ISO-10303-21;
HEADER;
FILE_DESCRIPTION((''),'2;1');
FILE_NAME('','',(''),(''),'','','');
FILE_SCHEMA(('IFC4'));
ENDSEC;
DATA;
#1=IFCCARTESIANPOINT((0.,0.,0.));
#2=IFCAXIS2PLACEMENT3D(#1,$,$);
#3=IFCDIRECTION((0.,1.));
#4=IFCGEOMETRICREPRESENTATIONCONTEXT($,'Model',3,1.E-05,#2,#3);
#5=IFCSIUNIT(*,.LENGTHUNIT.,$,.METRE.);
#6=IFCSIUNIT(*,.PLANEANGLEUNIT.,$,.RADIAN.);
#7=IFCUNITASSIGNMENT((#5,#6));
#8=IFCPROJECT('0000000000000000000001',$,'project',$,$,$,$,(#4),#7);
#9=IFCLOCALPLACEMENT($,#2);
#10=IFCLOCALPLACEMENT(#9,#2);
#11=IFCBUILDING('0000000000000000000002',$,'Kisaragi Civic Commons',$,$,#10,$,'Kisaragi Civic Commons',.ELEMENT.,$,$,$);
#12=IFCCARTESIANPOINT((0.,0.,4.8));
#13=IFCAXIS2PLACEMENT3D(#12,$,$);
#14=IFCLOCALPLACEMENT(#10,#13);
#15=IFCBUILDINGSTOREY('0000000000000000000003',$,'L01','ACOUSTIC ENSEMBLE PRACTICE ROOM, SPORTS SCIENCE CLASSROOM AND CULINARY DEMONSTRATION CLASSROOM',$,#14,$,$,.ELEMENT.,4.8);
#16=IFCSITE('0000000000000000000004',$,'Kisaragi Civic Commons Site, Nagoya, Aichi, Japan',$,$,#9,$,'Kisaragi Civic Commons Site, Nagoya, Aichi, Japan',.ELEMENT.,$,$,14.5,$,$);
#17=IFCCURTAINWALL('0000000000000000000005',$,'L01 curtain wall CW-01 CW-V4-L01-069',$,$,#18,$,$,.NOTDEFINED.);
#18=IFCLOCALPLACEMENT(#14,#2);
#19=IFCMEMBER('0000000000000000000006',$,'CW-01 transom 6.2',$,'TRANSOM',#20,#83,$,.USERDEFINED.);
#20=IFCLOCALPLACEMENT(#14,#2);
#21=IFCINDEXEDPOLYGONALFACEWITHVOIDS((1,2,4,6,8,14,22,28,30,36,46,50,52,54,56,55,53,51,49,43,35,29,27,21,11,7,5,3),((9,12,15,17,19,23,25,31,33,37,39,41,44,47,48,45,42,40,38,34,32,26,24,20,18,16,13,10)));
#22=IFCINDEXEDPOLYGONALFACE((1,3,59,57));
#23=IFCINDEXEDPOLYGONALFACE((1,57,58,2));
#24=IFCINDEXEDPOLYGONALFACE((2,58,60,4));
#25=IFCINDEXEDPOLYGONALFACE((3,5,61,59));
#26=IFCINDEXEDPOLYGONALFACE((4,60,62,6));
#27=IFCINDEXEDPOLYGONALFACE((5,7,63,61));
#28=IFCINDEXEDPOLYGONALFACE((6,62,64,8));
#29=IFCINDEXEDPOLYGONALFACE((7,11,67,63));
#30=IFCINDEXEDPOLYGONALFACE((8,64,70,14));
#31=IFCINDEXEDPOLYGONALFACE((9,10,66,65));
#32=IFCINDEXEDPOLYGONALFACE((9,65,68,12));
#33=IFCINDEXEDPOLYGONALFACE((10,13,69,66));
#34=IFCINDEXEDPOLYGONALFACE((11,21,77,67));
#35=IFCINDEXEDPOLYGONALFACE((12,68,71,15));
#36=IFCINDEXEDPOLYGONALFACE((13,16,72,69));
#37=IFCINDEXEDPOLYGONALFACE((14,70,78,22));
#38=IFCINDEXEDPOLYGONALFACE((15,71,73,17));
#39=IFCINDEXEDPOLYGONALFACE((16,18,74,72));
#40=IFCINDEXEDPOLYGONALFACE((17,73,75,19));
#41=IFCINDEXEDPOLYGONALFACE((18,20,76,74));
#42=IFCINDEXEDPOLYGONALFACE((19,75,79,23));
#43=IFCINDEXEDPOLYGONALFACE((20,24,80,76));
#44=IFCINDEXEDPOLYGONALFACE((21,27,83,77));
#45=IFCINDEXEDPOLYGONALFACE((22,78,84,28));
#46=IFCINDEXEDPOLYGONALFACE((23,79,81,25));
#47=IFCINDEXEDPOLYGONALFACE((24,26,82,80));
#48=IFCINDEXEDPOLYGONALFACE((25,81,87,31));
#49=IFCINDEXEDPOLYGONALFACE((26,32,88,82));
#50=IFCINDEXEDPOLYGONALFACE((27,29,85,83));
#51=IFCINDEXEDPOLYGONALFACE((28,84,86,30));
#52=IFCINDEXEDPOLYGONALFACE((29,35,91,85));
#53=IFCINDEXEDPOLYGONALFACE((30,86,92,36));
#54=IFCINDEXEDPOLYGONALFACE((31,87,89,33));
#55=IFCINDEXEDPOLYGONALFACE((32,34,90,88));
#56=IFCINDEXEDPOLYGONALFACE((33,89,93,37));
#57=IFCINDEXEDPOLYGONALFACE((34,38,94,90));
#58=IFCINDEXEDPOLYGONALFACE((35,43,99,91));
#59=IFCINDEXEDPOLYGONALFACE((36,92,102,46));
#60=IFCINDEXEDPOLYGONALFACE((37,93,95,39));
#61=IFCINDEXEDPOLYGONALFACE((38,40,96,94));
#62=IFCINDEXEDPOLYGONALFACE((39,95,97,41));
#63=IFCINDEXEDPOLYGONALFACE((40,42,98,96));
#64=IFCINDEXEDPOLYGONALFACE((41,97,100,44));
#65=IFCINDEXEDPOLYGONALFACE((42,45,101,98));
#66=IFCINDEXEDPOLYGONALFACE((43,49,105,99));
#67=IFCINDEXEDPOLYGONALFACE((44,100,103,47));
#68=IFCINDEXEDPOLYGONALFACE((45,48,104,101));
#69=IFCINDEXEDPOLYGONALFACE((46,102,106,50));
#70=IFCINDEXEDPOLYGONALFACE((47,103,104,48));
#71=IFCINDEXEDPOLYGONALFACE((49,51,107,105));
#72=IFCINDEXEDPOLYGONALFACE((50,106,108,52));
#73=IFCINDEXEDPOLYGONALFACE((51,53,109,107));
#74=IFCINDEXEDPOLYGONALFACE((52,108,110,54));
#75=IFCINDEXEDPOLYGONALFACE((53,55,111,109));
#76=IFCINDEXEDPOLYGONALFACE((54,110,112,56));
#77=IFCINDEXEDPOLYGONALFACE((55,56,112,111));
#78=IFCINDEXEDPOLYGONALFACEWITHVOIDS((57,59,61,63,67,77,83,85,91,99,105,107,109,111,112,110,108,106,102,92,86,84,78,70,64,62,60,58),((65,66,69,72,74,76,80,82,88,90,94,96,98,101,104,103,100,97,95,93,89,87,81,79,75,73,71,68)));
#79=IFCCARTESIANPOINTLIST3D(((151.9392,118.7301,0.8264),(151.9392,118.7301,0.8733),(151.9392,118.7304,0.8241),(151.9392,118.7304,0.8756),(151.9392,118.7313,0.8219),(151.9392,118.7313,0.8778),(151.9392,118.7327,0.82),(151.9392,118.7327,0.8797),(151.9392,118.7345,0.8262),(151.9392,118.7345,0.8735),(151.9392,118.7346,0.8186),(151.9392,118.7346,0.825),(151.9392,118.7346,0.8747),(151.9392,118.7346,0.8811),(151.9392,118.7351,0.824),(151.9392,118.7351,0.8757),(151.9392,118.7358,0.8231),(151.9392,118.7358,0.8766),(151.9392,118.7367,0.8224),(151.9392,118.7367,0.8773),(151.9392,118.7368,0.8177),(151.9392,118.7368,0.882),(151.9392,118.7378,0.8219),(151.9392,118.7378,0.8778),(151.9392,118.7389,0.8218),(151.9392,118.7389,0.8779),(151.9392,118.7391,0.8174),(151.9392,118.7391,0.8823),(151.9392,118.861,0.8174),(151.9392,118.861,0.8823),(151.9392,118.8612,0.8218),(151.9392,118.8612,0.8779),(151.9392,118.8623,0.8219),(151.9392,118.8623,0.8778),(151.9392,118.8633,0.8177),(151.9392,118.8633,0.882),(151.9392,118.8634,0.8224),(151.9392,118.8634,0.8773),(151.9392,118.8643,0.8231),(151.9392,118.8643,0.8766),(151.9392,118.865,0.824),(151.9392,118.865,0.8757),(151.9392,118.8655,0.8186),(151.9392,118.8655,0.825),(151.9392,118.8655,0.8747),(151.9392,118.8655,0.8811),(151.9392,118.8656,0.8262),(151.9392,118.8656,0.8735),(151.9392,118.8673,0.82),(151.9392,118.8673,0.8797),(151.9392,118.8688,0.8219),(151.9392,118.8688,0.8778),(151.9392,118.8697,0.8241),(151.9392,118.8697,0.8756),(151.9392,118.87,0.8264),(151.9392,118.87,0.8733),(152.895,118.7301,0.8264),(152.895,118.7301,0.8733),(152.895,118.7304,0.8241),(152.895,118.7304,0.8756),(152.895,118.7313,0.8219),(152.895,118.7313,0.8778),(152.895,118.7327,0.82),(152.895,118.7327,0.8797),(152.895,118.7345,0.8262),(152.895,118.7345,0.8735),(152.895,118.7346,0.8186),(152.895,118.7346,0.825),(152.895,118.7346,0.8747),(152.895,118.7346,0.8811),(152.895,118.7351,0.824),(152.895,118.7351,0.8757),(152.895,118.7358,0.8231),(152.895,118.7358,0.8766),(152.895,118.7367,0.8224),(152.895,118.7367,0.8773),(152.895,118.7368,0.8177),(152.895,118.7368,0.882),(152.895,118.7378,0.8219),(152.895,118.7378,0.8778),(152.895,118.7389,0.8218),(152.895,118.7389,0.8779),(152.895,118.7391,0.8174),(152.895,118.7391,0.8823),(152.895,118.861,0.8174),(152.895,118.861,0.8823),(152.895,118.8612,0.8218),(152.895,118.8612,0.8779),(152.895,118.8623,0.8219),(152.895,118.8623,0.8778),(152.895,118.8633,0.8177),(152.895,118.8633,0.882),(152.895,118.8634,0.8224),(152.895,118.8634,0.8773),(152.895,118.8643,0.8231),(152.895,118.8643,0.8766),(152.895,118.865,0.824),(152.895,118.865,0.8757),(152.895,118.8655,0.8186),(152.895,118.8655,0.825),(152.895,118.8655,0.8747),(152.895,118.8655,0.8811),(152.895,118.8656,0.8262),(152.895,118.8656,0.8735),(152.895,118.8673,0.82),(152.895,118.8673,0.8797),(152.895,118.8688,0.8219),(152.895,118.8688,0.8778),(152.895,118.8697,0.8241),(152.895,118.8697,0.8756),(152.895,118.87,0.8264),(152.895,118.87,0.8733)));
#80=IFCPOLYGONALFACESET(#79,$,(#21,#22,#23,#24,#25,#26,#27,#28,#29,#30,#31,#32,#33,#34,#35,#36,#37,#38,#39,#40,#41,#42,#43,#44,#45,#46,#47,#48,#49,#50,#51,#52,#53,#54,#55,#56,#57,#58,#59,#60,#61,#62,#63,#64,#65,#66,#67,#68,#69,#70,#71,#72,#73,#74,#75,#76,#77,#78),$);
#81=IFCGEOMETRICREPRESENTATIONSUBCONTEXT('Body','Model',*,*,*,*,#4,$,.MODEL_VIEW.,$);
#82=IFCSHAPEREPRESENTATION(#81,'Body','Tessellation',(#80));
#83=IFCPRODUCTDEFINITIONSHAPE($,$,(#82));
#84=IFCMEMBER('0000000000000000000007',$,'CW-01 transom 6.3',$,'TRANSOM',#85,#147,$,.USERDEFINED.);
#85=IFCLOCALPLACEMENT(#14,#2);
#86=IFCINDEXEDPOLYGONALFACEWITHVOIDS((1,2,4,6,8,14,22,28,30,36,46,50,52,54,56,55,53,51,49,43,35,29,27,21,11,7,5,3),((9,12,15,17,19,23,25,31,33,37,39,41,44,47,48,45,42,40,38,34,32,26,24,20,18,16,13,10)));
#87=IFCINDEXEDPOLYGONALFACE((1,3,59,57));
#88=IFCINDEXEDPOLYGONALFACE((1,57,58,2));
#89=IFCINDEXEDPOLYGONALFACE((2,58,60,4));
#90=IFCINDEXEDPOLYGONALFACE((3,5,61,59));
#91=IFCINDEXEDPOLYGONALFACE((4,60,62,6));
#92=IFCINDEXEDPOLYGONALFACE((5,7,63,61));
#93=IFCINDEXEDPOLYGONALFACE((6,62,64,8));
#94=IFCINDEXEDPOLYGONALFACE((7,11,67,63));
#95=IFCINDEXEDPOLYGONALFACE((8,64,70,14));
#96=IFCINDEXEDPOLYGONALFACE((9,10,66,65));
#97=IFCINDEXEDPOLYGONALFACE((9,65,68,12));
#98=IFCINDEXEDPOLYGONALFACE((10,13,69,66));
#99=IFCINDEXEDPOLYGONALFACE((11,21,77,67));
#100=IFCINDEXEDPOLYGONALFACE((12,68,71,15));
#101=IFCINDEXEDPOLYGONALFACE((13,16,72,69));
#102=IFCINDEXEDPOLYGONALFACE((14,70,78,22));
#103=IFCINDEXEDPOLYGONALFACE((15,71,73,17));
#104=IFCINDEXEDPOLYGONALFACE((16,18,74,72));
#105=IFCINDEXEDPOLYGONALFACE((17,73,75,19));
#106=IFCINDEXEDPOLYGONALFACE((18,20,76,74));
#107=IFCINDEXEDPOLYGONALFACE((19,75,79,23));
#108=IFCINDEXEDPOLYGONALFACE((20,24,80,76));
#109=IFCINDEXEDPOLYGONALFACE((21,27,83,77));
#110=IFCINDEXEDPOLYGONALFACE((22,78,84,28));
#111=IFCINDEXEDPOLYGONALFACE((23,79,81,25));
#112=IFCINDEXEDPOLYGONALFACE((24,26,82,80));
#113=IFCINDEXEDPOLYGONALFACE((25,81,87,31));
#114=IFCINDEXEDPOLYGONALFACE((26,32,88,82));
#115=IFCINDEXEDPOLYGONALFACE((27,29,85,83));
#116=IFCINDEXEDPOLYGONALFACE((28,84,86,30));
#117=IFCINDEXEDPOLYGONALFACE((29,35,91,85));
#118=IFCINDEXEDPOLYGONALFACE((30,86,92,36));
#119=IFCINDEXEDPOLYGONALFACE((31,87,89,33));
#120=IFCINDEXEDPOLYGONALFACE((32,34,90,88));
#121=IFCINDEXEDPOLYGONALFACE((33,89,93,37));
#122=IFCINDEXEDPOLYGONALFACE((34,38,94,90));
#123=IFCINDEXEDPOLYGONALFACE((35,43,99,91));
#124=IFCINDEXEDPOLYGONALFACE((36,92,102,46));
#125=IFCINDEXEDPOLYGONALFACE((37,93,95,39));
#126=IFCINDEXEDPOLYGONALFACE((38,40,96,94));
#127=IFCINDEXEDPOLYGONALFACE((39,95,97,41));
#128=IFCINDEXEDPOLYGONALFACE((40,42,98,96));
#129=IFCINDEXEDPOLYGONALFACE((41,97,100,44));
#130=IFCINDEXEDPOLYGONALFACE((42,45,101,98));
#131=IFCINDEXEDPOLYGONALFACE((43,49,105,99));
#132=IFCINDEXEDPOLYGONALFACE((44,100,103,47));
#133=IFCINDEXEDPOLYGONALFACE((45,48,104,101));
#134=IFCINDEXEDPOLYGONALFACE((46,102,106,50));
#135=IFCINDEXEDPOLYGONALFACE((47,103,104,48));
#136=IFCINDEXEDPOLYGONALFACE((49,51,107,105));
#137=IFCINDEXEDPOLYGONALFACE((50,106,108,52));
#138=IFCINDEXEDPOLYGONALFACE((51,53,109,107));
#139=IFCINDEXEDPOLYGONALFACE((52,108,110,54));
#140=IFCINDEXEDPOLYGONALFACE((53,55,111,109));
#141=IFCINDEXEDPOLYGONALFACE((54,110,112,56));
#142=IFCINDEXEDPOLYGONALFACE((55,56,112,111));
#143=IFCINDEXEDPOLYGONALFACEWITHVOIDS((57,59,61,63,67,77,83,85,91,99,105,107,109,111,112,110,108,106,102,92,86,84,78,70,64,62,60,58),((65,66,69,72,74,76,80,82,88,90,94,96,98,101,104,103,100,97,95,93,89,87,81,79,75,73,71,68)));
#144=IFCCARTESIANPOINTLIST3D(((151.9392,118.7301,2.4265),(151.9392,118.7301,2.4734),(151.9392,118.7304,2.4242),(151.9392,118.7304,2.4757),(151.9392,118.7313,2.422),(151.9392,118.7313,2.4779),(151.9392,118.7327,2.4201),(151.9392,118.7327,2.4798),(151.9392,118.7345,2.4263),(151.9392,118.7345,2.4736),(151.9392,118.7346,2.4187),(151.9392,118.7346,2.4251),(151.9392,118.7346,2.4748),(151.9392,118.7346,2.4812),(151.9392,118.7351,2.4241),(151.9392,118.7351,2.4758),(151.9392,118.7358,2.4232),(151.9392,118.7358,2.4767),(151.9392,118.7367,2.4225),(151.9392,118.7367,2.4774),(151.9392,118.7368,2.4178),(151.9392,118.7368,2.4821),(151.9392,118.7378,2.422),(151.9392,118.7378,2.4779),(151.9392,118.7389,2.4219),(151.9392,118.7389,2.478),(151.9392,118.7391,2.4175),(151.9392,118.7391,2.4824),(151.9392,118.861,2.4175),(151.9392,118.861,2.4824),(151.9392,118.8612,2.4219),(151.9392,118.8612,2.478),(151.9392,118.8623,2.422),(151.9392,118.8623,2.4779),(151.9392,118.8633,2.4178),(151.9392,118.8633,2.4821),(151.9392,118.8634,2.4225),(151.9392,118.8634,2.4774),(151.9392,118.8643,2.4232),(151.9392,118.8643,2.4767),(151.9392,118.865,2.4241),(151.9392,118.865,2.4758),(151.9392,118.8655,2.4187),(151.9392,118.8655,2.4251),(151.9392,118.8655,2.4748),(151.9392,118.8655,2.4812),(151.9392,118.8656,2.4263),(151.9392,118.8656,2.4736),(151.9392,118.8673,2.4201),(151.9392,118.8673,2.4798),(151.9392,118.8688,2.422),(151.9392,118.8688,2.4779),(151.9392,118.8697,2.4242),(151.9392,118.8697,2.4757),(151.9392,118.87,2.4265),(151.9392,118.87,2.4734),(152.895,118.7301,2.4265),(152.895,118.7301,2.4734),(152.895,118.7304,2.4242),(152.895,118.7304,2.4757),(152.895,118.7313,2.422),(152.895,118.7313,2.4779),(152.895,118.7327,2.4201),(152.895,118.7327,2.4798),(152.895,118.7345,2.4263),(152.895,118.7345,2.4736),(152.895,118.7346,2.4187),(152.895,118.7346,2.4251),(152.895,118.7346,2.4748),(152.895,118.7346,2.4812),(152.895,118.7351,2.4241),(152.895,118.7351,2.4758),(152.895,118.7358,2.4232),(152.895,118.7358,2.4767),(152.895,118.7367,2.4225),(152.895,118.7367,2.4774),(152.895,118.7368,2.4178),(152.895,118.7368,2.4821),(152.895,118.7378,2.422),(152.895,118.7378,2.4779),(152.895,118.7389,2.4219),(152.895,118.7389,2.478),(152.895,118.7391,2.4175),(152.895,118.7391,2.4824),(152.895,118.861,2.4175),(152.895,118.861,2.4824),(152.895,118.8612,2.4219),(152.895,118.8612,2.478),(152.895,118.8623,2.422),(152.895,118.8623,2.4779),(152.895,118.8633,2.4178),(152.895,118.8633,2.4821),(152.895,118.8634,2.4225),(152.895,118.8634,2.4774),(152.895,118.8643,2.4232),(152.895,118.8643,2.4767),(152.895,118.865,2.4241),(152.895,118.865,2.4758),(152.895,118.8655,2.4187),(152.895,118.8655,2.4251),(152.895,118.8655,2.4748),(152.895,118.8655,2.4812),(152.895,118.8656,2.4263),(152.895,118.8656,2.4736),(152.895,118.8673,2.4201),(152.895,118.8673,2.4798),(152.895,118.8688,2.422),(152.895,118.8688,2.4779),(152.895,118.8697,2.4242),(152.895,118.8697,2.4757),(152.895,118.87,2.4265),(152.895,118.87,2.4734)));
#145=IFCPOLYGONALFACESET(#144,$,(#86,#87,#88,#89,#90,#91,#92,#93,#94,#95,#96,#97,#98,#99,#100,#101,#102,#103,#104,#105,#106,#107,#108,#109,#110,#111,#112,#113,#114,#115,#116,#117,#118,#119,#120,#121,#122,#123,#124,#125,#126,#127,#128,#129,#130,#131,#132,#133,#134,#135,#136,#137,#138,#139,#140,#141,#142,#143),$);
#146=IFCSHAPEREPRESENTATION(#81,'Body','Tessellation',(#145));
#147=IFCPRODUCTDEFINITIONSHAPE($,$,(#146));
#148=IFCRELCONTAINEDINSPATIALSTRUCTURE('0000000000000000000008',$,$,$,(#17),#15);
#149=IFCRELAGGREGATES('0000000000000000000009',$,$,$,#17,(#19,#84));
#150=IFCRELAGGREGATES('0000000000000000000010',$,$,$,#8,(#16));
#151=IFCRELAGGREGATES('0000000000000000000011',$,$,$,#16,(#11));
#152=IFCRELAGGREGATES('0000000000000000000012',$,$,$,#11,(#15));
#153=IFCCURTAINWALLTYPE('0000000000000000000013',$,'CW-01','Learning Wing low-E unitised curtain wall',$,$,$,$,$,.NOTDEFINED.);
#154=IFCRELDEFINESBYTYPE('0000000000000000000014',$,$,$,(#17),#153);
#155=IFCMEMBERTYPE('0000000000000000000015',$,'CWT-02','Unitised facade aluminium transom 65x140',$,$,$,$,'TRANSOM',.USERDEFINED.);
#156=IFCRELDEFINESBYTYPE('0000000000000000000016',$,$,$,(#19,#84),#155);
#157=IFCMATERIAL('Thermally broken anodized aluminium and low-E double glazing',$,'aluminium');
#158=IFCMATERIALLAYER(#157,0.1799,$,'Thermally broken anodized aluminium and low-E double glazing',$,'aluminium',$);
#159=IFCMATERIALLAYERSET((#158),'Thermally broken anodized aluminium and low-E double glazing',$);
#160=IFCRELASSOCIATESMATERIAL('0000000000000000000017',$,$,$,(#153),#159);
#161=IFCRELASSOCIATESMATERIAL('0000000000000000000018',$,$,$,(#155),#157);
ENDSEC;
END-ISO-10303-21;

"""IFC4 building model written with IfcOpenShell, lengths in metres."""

from ifc_helpers import new_model, si_unit, direction, frame, origin, origin_2d, place, context, subcontext, project, spatial, hollow_rectangle, extrude, material, layer, layer_set, material_profile, profile_set, type_object, element, aggregate, save


model = new_model("IFC4")

# Units and contexts
model_context = context("Model", 3, precision=1e-05, world=origin(), true_north=direction((0.0, 1.0)))
body_context = subcontext(model_context, "Body", "Model", "MODEL_VIEW")
ifc_project = project(units=[si_unit("LENGTHUNIT", "METRE"), si_unit("PLANEANGLEUNIT", "RADIAN")], contexts=[model_context])

# Site, building, storey
site_placement = place(None, origin())
site = spatial("IfcSite", under=ifc_project, at=site_placement, Name="Kisaragi Civic Commons Site, Nagoya, Aichi, Japan", LongName="Kisaragi Civic Commons Site, Nagoya, Aichi, Japan", CompositionType="ELEMENT", RefElevation=14.5)
building_placement = place(site_placement, origin())
building = spatial("IfcBuilding", under=site, at=building_placement, Name="Kisaragi Civic Commons", LongName="Kisaragi Civic Commons", CompositionType="ELEMENT")
storey_placement = place(building_placement, frame((0.0, 0.0, 4.8)))
storey = spatial("IfcBuildingStorey", under=building, at=storey_placement, Name="L01", Description="ACOUSTIC ENSEMBLE PRACTICE ROOM, SPORTS SCIENCE CLASSROOM AND CULINARY DEMONSTRATION CLASSROOM", CompositionType="ELEMENT", Elevation=4.8)

# Curtain wall
ifc_material_1 = material(Name="Thermally broken anodized aluminium and low-E double glazing", Category="aluminium")
ifc_layer_1 = layer(ifc_material_1, 0.1799, Name="Thermally broken anodized aluminium and low-E double glazing", Category="aluminium")
ifc_layer_set_1 = layer_set([ifc_layer_1], Name="Thermally broken anodized aluminium and low-E double glazing")
curtain_wall_type = type_object("IfcCurtainWallType", Name="CW-01", Description="Learning Wing low-E unitised curtain wall", PredefinedType="NOTDEFINED", material=ifc_layer_set_1)
curtain_wall_1_placement = place(storey_placement, origin())
curtain_wall_1 = element("IfcCurtainWall", 1, at=curtain_wall_1_placement, inside=storey, type_object=curtain_wall_type, Name="L01 curtain wall CW-01 CW-V4-L01-069", PredefinedType="NOTDEFINED")

# Members
ifc_material_profile_1 = material_profile(ifc_material_1, hollow_rectangle(XDim=0.1399, YDim=0.0649, WallThickness=0.0044, InnerFilletRadius=0.0044, OuterFilletRadius=0.009, at=origin_2d()), Name="CWT-65x140x4.5", Category="aluminium")
ifc_profile_set_1 = profile_set([ifc_material_profile_1], Name="Thermally broken anodized aluminium and low-E double glazing")
member_type_1 = type_object("IfcMemberType", Name="CWT-02", Description="Unitised facade aluminium transom 65x140", ElementType="TRANSOM", PredefinedType="USERDEFINED", material=ifc_profile_set_1)
member_1_placement = place(storey_placement, frame((151.9392, 118.8, 0.8499), z_axis=(1.0, 0.0, 0.0), x_axis=(0.0, 1.0, 0.0)))
member_1 = element("IfcMember", 2, at=member_1_placement, type_object=member_type_1, Name="CW-01 transom 6.2", ObjectType="TRANSOM", PredefinedType="USERDEFINED", context=body_context, shape_type="SweptSolid", body=[
    extrude(hollow_rectangle(XDim=0.1399, YDim=0.0649, WallThickness=0.0044, InnerFilletRadius=0.0044, OuterFilletRadius=0.009, at=origin_2d()), origin(), (0.0, 0.0, 1.0), 0.9558),
])
member_2_placement = place(storey_placement, frame((151.9392, 118.8, 2.45), z_axis=(1.0, 0.0, 0.0), x_axis=(0.0, 1.0, 0.0)))
member_2 = element("IfcMember", 3, at=member_2_placement, type_object=member_type_1, Name="CW-01 transom 6.3", ObjectType="TRANSOM", PredefinedType="USERDEFINED", context=body_context, shape_type="SweptSolid", body=[
    extrude(hollow_rectangle(XDim=0.1399, YDim=0.0649, WallThickness=0.0044, InnerFilletRadius=0.0044, OuterFilletRadius=0.009, at=origin_2d()), origin(), (0.0, 0.0, 1.0), 0.9558),
])

aggregate(curtain_wall_1, [member_1, member_2])

save(model, "model.ifc")
